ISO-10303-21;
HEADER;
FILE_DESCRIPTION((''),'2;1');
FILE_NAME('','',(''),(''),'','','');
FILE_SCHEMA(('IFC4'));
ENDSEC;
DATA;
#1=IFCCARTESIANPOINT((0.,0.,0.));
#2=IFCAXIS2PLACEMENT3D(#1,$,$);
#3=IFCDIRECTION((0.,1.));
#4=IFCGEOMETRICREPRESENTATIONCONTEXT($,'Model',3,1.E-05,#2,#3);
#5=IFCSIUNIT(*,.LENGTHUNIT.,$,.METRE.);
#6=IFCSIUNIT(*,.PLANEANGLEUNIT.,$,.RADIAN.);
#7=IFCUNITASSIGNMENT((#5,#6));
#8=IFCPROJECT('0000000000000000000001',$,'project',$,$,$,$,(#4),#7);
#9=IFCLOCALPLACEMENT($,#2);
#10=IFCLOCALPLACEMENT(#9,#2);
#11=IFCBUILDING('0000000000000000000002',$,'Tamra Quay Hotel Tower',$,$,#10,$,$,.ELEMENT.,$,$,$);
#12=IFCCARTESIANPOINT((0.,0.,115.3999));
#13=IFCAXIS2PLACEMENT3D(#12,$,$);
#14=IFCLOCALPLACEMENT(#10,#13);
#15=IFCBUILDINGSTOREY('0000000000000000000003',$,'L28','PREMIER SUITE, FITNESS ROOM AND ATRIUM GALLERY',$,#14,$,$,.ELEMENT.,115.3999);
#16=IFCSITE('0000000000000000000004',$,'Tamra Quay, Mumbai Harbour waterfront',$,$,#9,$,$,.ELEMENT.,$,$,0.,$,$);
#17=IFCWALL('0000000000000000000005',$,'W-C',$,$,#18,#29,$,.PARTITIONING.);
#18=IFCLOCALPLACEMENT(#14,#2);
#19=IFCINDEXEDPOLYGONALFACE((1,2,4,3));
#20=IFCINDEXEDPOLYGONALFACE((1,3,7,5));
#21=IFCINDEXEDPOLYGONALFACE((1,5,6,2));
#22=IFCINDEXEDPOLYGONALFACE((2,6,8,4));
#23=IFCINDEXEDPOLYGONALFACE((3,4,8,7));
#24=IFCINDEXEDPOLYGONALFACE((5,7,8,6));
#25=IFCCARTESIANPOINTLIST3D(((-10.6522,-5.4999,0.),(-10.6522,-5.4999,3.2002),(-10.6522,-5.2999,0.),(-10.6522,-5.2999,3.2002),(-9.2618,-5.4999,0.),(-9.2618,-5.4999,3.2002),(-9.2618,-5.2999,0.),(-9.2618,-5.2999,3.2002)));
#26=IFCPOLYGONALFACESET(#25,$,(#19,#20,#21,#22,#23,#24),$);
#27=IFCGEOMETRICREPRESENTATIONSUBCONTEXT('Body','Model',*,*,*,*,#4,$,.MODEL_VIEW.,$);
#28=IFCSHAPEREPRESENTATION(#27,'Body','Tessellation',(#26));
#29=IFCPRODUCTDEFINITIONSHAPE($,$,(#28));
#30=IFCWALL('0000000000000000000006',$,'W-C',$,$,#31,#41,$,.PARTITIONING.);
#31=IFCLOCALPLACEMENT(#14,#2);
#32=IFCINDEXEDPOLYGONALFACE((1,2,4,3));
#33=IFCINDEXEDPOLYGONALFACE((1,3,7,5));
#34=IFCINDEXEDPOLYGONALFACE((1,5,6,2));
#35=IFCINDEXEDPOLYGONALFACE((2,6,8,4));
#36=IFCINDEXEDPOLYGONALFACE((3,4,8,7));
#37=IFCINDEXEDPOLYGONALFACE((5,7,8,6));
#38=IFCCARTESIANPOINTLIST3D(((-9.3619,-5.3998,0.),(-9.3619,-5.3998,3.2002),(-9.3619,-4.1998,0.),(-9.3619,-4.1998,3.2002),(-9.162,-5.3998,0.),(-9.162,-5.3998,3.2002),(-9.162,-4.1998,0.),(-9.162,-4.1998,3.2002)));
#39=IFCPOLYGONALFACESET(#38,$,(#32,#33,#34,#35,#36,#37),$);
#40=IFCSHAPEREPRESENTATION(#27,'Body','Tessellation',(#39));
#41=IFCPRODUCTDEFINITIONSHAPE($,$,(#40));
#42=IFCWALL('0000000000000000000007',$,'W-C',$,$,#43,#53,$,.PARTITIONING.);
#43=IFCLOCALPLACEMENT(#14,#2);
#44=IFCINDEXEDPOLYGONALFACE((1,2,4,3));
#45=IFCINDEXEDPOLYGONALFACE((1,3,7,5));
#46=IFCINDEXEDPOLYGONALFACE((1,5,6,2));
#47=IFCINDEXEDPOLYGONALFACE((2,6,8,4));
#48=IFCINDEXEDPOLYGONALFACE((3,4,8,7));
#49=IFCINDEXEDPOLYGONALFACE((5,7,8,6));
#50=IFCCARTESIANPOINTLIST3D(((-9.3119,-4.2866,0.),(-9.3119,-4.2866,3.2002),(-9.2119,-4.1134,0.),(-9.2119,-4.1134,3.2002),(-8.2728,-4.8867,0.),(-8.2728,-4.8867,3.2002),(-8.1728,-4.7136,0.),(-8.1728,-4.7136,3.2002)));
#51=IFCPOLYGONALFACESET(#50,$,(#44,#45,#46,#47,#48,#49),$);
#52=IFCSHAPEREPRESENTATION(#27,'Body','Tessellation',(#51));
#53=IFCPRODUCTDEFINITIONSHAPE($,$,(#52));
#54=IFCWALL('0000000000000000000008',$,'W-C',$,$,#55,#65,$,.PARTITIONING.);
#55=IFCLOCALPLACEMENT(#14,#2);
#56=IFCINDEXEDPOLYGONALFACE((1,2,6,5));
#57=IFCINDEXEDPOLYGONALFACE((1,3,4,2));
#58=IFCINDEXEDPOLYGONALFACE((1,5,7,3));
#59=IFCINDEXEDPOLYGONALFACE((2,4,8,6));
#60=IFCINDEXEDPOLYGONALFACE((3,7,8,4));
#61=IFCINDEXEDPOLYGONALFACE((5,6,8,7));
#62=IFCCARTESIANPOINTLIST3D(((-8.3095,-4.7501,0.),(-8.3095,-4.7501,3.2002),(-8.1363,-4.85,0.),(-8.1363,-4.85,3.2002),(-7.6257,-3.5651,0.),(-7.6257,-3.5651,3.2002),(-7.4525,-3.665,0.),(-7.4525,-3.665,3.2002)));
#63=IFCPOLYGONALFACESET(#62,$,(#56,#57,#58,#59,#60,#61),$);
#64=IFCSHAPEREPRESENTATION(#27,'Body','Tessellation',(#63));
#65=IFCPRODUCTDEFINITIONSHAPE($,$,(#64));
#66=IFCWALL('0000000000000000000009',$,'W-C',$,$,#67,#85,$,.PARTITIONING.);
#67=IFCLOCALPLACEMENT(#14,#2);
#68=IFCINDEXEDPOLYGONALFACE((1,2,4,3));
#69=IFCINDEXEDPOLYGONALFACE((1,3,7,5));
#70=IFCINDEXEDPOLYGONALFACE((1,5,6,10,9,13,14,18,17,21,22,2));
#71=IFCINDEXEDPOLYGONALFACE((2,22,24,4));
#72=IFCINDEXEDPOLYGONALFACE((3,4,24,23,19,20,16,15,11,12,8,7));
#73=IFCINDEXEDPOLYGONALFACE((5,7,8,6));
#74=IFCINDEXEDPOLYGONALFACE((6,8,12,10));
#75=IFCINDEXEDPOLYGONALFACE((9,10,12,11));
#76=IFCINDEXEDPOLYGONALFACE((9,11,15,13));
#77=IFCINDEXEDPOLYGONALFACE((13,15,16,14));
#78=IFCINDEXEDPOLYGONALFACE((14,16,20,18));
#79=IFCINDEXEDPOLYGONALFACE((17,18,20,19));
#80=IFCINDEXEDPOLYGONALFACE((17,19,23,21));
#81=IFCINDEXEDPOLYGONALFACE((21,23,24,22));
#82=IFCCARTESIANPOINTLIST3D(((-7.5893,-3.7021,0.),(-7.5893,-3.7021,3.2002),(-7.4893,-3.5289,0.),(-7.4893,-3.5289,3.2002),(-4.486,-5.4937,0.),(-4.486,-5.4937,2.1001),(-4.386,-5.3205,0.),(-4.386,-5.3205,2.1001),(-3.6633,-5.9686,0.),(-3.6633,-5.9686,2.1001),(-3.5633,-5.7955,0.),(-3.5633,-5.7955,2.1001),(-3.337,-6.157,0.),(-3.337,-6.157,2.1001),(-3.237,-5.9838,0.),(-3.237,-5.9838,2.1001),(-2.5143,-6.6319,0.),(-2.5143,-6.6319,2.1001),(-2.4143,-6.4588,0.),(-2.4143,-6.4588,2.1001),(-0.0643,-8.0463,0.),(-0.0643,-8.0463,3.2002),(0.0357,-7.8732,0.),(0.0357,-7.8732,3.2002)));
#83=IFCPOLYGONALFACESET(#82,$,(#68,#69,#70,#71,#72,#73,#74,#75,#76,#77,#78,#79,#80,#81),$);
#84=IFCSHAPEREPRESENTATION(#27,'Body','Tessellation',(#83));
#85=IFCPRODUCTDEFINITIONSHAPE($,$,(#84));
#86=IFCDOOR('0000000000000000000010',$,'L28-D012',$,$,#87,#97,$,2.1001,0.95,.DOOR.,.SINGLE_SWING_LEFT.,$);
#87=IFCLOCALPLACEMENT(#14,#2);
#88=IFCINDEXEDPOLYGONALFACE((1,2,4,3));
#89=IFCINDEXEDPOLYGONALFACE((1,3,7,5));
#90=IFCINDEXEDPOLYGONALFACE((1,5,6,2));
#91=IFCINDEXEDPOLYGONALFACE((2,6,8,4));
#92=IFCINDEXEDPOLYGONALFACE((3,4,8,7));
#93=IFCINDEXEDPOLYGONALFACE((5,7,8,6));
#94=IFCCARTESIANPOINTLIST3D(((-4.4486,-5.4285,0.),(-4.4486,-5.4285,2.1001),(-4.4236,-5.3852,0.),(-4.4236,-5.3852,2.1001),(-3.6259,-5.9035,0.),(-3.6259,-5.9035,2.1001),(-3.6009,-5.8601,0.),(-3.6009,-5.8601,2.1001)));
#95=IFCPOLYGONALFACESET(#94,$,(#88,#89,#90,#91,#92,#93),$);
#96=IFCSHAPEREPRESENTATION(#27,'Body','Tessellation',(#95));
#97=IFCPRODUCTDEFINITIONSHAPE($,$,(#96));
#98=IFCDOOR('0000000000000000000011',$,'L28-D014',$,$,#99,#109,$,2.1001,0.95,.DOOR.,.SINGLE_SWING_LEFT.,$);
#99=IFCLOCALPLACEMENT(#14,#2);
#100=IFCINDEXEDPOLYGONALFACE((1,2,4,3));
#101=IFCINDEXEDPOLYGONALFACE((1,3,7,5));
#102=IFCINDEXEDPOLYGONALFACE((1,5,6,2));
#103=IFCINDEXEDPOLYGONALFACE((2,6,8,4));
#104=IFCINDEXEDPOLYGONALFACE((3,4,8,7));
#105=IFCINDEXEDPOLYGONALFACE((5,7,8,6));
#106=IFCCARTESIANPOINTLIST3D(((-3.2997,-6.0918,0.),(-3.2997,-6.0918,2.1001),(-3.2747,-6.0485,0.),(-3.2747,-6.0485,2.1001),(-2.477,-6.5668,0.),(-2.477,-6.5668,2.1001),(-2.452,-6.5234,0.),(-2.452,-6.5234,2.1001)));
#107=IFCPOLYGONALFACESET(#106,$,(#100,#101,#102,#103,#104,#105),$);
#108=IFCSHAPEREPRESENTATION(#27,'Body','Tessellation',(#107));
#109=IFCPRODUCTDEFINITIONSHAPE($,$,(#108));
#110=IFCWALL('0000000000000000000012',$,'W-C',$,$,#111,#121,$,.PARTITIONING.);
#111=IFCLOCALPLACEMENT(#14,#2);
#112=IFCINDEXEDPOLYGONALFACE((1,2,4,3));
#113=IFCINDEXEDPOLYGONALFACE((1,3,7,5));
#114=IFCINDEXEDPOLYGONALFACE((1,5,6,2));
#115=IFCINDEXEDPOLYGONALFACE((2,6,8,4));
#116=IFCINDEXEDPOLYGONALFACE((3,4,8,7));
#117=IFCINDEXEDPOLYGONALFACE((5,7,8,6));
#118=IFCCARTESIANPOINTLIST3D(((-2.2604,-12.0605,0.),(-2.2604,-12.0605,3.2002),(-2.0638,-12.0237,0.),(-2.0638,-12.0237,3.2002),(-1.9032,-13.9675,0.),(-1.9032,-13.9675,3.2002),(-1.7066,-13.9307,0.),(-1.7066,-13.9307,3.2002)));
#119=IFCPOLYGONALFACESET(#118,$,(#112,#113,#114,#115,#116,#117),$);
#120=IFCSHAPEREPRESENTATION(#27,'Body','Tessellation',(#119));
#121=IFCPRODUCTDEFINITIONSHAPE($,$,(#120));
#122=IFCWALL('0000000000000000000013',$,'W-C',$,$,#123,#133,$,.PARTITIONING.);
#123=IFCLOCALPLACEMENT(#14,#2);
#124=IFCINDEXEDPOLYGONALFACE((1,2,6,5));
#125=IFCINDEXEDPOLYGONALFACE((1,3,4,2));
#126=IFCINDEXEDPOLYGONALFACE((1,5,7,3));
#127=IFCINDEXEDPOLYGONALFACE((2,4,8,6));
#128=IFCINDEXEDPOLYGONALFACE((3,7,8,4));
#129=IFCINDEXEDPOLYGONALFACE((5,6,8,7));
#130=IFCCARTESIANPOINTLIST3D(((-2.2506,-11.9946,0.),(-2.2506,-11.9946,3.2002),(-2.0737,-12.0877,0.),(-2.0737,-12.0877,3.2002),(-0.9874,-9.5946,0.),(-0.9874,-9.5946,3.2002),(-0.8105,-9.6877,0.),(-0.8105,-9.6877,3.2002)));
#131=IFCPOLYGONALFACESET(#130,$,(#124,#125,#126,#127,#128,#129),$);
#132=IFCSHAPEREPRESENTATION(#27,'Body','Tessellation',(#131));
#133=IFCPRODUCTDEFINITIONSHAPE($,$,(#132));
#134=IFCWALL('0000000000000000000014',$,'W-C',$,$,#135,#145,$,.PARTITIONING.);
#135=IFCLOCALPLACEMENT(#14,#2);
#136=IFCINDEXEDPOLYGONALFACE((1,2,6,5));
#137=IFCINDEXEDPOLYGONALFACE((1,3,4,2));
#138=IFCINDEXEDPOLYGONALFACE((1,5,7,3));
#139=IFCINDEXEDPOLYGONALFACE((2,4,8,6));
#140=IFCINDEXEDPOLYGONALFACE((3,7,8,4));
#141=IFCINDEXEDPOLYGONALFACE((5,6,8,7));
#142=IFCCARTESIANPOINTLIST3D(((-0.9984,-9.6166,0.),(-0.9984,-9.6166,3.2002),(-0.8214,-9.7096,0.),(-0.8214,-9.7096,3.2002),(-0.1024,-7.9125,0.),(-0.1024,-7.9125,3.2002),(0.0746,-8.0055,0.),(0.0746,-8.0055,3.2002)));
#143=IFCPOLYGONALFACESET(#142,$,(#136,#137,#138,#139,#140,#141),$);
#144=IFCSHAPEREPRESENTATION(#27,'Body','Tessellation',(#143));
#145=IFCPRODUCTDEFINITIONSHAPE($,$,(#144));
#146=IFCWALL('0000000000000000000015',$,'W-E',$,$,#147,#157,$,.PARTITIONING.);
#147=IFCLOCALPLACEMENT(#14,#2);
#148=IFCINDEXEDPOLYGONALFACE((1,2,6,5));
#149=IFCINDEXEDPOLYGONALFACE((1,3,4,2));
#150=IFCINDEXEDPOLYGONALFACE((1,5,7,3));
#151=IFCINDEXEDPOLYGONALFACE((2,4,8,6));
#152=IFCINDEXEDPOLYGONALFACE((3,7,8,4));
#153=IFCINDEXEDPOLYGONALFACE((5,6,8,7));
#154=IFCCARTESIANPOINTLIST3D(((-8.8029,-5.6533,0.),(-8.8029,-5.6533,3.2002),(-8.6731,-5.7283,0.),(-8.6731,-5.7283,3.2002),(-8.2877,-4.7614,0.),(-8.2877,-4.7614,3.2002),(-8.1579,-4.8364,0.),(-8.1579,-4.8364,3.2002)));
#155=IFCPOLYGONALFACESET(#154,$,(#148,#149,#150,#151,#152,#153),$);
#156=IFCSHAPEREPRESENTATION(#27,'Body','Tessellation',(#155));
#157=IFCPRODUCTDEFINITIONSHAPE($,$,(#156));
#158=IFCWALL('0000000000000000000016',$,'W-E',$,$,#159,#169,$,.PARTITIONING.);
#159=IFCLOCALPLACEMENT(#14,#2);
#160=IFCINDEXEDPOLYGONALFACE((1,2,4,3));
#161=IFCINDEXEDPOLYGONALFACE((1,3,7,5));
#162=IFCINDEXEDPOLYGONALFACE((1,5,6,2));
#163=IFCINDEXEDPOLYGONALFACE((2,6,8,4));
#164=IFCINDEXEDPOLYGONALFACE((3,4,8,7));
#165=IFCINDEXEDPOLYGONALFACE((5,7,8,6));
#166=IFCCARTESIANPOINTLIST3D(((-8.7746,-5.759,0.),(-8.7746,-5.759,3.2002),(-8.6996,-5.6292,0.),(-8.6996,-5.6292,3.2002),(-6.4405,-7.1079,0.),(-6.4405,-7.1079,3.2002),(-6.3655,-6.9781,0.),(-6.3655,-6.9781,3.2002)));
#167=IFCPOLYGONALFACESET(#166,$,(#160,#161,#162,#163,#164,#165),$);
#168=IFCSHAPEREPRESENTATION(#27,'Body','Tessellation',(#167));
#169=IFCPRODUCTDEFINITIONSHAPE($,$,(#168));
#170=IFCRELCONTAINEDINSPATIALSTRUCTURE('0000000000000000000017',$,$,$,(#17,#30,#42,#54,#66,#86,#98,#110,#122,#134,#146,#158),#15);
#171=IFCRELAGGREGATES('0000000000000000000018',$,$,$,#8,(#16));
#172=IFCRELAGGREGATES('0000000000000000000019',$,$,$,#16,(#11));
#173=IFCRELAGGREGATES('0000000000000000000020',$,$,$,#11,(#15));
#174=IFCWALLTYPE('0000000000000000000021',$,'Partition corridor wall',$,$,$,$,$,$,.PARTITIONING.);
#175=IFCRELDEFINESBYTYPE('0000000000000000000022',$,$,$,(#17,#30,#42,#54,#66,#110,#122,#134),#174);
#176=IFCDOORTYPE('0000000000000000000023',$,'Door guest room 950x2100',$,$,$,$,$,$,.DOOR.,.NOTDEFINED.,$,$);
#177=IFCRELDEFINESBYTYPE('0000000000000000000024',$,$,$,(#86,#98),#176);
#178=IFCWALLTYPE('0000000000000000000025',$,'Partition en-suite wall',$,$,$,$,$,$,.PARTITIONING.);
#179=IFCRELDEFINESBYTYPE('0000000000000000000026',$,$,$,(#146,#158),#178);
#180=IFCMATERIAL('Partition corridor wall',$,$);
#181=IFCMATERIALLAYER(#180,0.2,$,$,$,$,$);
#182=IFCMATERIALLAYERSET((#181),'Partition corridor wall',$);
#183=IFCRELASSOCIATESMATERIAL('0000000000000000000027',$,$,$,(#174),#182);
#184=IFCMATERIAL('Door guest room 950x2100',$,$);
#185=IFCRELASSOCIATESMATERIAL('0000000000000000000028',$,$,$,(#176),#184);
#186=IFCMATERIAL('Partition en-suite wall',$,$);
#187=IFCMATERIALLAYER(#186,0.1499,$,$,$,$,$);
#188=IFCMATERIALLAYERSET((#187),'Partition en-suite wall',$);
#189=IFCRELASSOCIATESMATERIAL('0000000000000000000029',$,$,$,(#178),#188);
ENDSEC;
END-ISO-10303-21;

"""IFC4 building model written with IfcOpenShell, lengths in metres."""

from ifc_helpers import new_model, si_unit, direction, frame, frame_2d, origin, place, context, subcontext, project, spatial, rectangle, extrude, material, layer, layer_set, type_object, element, fill, save


model = new_model("IFC4")

# Units and contexts
model_context = context("Model", 3, precision=1e-05, world=origin(), true_north=direction((0.0, 1.0)))
body_context = subcontext(model_context, "Body", "Model", "MODEL_VIEW")
ifc_project = project(units=[si_unit("LENGTHUNIT", "METRE"), si_unit("PLANEANGLEUNIT", "RADIAN")], contexts=[model_context])

# Site, building, storey
site_placement = place(None, origin())
site = spatial("IfcSite", under=ifc_project, at=site_placement, Name="Tamra Quay, Mumbai Harbour waterfront", CompositionType="ELEMENT", RefElevation=0.0)
building_placement = place(site_placement, origin())
building = spatial("IfcBuilding", under=site, at=building_placement, Name="Tamra Quay Hotel Tower", CompositionType="ELEMENT")
storey_placement = place(building_placement, frame((0.0, 0.0, 115.3999)))
storey = spatial("IfcBuildingStorey", under=building, at=storey_placement, Name="L28", Description="PREMIER SUITE, FITNESS ROOM AND ATRIUM GALLERY", CompositionType="ELEMENT", Elevation=115.3999)

# Walls
ifc_material_1 = material(Name="Partition corridor wall")
ifc_layer_1 = layer(ifc_material_1, 0.2)
ifc_layer_set_1 = layer_set([ifc_layer_1], Name="Partition corridor wall")
wall_type_1 = type_object("IfcWallType", Name="Partition corridor wall", PredefinedType="PARTITIONING", material=ifc_layer_set_1)
wall_1_placement = place(storey_placement, frame((-10.6523, -5.3999, 0.0), z_axis=(0.0, 0.0, 1.0), x_axis=(1.0, 0.0, 0.0)))
element("IfcWall", 1, at=wall_1_placement, inside=storey, type_object=wall_type_1, Name="W-C", PredefinedType="PARTITIONING", context=body_context, shape_type="SweptSolid", body=[
    extrude(rectangle(XDim=1.3904, YDim=0.2, at=frame_2d((0.6953, 0.0))), origin(), (0.0, 0.0, 1.0), 3.2002),
])
for number, where, z_axis, x_axis, name in (
    (2, (-9.262, -5.3999, 0.0), (0.0, 0.0, 1.0), (0.0, 1.0, 0.0), "W-C"),
    (3, (-9.262, -4.2, 0.0), (0.0, 0.0, 1.0), (0.865955, -0.500122, 0.0), "W-C"),
):
    element("IfcWall", number, at=place(storey_placement, frame(where, z_axis=z_axis, x_axis=x_axis)), inside=storey, type_object=wall_type_1, Name=name, PredefinedType="PARTITIONING", context=body_context, shape_type="SweptSolid", body=[
        extrude(rectangle(XDim=1.2, YDim=0.2, at=frame_2d((0.6001, 0.0))), origin(), (0.0, 0.0, 1.0), 3.2002),
    ])
wall_2_placement = place(storey_placement, frame((-8.2229, -4.8, 0.0), z_axis=(0.0, 0.0, 1.0), x_axis=(0.499805, 0.866138, 0.0)))
element("IfcWall", 4, at=wall_2_placement, inside=storey, type_object=wall_type_1, Name="W-C", PredefinedType="PARTITIONING", context=body_context, shape_type="SweptSolid", body=[
    extrude(rectangle(XDim=1.3682, YDim=0.2, at=frame_2d((0.6841, 0.0))), origin(), (0.0, 0.0, 1.0), 3.2002),
])

# Wall, openings, doors
wall_3_placement = place(storey_placement, frame((-7.5393, -3.6155, 0.0), z_axis=(0.0, 0.0, 1.0), x_axis=(0.866039, -0.499977, 0.0)))
wall_3 = element("IfcWall", 5, at=wall_3_placement, inside=storey, type_object=wall_type_1, Name="W-C", PredefinedType="PARTITIONING", context=body_context, shape_type="SweptSolid", body=[
    extrude(rectangle(XDim=8.689, YDim=0.2, at=frame_2d((4.3445, 0.0))), origin(), (0.0, 0.0, 1.0), 3.2002),
])
opening_1_placement = place(wall_3_placement, frame((3.5833, 0.0, 0.0)))
opening_1 = element("IfcOpeningElement", 6, at=opening_1_placement, cuts=wall_3, PredefinedType="OPENING", context=body_context, shape_type="SweptSolid", body=[
    extrude(rectangle(XDim=0.95, YDim=2.1001, at=frame_2d((0.4751, 1.05))), frame((0.0, 0.1099, 0.0), z_axis=(0.0, -1.0, 0.0), x_axis=(1.0, 0.0, 0.0)), (0.0, 0.0, 1.0), 0.22),
])
opening_2_placement = place(wall_3_placement, frame((4.9099, 0.0, 0.0)))
opening_2 = element("IfcOpeningElement", 7, at=opening_2_placement, cuts=wall_3, PredefinedType="OPENING", context=body_context, shape_type="SweptSolid", body=[
    extrude(rectangle(XDim=0.95, YDim=2.1001, at=frame_2d((0.4751, 1.05))), frame((0.0, 0.1099, 0.0), z_axis=(0.0, -1.0, 0.0), x_axis=(1.0, 0.0, 0.0)), (0.0, 0.0, 1.0), 0.22),
])
ifc_material_2 = material(Name="Door guest room 950x2100")
door_type_1 = type_object("IfcDoorType", Name="Door guest room 950x2100", OperationType="NOTDEFINED", PredefinedType="DOOR", material=ifc_material_2)
door_1_placement = place(opening_1_placement, frame((0.95, 0.0, 0.0), z_axis=(0.0, 0.0, 1.0), x_axis=(-1.0, 0.0, 0.0)))
door_1 = element("IfcDoor", 8, at=door_1_placement, inside=storey, type_object=door_type_1, Name="L28-D012", OperationType="SINGLE_SWING_LEFT", OverallHeight=2.1001, OverallWidth=0.95, PredefinedType="DOOR", context=body_context, shape_type="SweptSolid", body=[
    extrude(rectangle(XDim=0.95, YDim=2.1001, at=frame_2d((0.4751, 1.05))), frame((0.0, 0.0249, 0.0), z_axis=(0.0, -1.0, 0.0), x_axis=(1.0, 0.0, 0.0)), (0.0, 0.0, 1.0), 0.05),
])
fill(opening_1, door_1)
door_2_placement = place(opening_2_placement, frame((0.95, 0.0, 0.0), z_axis=(0.0, 0.0, 1.0), x_axis=(-1.0, 0.0, 0.0)))
door_2 = element("IfcDoor", 9, at=door_2_placement, inside=storey, type_object=door_type_1, Name="L28-D014", OperationType="SINGLE_SWING_LEFT", OverallHeight=2.1001, OverallWidth=0.95, PredefinedType="DOOR", context=body_context, shape_type="SweptSolid", body=[
    extrude(rectangle(XDim=0.95, YDim=2.1001, at=frame_2d((0.4751, 1.05))), frame((0.0, 0.0249, 0.0), z_axis=(0.0, -1.0, 0.0), x_axis=(1.0, 0.0, 0.0)), (0.0, 0.0, 1.0), 0.05),
])
fill(opening_2, door_2)

# Walls
wall_4_placement = place(storey_placement, frame((-2.1621, -12.042, 0.0), z_axis=(0.0, 0.0, 1.0), x_axis=(0.184099, -0.982908, 0.0)))
element("IfcWall", 10, at=wall_4_placement, inside=storey, type_object=wall_type_1, Name="W-C", PredefinedType="PARTITIONING", context=body_context, shape_type="SweptSolid", body=[
    extrude(rectangle(XDim=1.9402, YDim=0.2, at=frame_2d((0.9702, 0.0))), origin(), (0.0, 0.0, 1.0), 3.2002),
])
wall_5_placement = place(storey_placement, frame((-2.1621, -12.041, 0.0), z_axis=(0.0, 0.0, 1.0), x_axis=(0.465769, 0.884907, 0.0)))
element("IfcWall", 11, at=wall_5_placement, inside=storey, type_object=wall_type_1, Name="W-C", PredefinedType="PARTITIONING", context=body_context, shape_type="SweptSolid", body=[
    extrude(rectangle(XDim=2.7122, YDim=0.2, at=frame_2d((1.356, 0.0))), origin(), (0.0, 0.0, 1.0), 3.2002),
])
wall_6_placement = place(storey_placement, frame((-0.9099, -9.6631, 0.0), z_axis=(0.0, 0.0, 1.0), x_axis=(0.465381, 0.885111, 0.0)))
element("IfcWall", 12, at=wall_6_placement, inside=storey, type_object=wall_type_1, Name="W-C", PredefinedType="PARTITIONING", context=body_context, shape_type="SweptSolid", body=[
    extrude(rectangle(XDim=1.9253, YDim=0.2, at=frame_2d((0.9626, 0.0))), origin(), (0.0, 0.0, 1.0), 3.2002),
])
ifc_material_3 = material(Name="Partition en-suite wall")
ifc_layer_2 = layer(ifc_material_3, 0.1499)
ifc_layer_set_2 = layer_set([ifc_layer_2], Name="Partition en-suite wall")
wall_type_2 = type_object("IfcWallType", Name="Partition en-suite wall", PredefinedType="PARTITIONING", material=ifc_layer_set_2)
wall_7_placement = place(storey_placement, frame((-8.738, -5.6909, 0.0), z_axis=(0.0, 0.0, 1.0), x_axis=(0.500167, 0.865929, 0.0)))
element("IfcWall", 13, at=wall_7_placement, inside=storey, type_object=wall_type_2, Name="W-E", PredefinedType="PARTITIONING", context=body_context, shape_type="SweptSolid", body=[
    extrude(rectangle(XDim=1.03, YDim=0.1499, at=frame_2d((0.5151, 0.0))), origin(), (0.0, 0.0, 1.0), 3.2002),
])
wall_8_placement = place(storey_placement, frame((-8.7371, -5.6941, 0.0), z_axis=(0.0, 0.0, 1.0), x_axis=(0.865808, -0.500376, 0.0)))
element("IfcWall", 14, at=wall_8_placement, inside=storey, type_object=wall_type_2, Name="W-E", PredefinedType="PARTITIONING", context=body_context, shape_type="SweptSolid", body=[
    extrude(rectangle(XDim=2.6958, YDim=0.1499, at=frame_2d((1.3479, 0.0))), origin(), (0.0, 0.0, 1.0), 3.2002),
])

save(model, "model.ifc")
